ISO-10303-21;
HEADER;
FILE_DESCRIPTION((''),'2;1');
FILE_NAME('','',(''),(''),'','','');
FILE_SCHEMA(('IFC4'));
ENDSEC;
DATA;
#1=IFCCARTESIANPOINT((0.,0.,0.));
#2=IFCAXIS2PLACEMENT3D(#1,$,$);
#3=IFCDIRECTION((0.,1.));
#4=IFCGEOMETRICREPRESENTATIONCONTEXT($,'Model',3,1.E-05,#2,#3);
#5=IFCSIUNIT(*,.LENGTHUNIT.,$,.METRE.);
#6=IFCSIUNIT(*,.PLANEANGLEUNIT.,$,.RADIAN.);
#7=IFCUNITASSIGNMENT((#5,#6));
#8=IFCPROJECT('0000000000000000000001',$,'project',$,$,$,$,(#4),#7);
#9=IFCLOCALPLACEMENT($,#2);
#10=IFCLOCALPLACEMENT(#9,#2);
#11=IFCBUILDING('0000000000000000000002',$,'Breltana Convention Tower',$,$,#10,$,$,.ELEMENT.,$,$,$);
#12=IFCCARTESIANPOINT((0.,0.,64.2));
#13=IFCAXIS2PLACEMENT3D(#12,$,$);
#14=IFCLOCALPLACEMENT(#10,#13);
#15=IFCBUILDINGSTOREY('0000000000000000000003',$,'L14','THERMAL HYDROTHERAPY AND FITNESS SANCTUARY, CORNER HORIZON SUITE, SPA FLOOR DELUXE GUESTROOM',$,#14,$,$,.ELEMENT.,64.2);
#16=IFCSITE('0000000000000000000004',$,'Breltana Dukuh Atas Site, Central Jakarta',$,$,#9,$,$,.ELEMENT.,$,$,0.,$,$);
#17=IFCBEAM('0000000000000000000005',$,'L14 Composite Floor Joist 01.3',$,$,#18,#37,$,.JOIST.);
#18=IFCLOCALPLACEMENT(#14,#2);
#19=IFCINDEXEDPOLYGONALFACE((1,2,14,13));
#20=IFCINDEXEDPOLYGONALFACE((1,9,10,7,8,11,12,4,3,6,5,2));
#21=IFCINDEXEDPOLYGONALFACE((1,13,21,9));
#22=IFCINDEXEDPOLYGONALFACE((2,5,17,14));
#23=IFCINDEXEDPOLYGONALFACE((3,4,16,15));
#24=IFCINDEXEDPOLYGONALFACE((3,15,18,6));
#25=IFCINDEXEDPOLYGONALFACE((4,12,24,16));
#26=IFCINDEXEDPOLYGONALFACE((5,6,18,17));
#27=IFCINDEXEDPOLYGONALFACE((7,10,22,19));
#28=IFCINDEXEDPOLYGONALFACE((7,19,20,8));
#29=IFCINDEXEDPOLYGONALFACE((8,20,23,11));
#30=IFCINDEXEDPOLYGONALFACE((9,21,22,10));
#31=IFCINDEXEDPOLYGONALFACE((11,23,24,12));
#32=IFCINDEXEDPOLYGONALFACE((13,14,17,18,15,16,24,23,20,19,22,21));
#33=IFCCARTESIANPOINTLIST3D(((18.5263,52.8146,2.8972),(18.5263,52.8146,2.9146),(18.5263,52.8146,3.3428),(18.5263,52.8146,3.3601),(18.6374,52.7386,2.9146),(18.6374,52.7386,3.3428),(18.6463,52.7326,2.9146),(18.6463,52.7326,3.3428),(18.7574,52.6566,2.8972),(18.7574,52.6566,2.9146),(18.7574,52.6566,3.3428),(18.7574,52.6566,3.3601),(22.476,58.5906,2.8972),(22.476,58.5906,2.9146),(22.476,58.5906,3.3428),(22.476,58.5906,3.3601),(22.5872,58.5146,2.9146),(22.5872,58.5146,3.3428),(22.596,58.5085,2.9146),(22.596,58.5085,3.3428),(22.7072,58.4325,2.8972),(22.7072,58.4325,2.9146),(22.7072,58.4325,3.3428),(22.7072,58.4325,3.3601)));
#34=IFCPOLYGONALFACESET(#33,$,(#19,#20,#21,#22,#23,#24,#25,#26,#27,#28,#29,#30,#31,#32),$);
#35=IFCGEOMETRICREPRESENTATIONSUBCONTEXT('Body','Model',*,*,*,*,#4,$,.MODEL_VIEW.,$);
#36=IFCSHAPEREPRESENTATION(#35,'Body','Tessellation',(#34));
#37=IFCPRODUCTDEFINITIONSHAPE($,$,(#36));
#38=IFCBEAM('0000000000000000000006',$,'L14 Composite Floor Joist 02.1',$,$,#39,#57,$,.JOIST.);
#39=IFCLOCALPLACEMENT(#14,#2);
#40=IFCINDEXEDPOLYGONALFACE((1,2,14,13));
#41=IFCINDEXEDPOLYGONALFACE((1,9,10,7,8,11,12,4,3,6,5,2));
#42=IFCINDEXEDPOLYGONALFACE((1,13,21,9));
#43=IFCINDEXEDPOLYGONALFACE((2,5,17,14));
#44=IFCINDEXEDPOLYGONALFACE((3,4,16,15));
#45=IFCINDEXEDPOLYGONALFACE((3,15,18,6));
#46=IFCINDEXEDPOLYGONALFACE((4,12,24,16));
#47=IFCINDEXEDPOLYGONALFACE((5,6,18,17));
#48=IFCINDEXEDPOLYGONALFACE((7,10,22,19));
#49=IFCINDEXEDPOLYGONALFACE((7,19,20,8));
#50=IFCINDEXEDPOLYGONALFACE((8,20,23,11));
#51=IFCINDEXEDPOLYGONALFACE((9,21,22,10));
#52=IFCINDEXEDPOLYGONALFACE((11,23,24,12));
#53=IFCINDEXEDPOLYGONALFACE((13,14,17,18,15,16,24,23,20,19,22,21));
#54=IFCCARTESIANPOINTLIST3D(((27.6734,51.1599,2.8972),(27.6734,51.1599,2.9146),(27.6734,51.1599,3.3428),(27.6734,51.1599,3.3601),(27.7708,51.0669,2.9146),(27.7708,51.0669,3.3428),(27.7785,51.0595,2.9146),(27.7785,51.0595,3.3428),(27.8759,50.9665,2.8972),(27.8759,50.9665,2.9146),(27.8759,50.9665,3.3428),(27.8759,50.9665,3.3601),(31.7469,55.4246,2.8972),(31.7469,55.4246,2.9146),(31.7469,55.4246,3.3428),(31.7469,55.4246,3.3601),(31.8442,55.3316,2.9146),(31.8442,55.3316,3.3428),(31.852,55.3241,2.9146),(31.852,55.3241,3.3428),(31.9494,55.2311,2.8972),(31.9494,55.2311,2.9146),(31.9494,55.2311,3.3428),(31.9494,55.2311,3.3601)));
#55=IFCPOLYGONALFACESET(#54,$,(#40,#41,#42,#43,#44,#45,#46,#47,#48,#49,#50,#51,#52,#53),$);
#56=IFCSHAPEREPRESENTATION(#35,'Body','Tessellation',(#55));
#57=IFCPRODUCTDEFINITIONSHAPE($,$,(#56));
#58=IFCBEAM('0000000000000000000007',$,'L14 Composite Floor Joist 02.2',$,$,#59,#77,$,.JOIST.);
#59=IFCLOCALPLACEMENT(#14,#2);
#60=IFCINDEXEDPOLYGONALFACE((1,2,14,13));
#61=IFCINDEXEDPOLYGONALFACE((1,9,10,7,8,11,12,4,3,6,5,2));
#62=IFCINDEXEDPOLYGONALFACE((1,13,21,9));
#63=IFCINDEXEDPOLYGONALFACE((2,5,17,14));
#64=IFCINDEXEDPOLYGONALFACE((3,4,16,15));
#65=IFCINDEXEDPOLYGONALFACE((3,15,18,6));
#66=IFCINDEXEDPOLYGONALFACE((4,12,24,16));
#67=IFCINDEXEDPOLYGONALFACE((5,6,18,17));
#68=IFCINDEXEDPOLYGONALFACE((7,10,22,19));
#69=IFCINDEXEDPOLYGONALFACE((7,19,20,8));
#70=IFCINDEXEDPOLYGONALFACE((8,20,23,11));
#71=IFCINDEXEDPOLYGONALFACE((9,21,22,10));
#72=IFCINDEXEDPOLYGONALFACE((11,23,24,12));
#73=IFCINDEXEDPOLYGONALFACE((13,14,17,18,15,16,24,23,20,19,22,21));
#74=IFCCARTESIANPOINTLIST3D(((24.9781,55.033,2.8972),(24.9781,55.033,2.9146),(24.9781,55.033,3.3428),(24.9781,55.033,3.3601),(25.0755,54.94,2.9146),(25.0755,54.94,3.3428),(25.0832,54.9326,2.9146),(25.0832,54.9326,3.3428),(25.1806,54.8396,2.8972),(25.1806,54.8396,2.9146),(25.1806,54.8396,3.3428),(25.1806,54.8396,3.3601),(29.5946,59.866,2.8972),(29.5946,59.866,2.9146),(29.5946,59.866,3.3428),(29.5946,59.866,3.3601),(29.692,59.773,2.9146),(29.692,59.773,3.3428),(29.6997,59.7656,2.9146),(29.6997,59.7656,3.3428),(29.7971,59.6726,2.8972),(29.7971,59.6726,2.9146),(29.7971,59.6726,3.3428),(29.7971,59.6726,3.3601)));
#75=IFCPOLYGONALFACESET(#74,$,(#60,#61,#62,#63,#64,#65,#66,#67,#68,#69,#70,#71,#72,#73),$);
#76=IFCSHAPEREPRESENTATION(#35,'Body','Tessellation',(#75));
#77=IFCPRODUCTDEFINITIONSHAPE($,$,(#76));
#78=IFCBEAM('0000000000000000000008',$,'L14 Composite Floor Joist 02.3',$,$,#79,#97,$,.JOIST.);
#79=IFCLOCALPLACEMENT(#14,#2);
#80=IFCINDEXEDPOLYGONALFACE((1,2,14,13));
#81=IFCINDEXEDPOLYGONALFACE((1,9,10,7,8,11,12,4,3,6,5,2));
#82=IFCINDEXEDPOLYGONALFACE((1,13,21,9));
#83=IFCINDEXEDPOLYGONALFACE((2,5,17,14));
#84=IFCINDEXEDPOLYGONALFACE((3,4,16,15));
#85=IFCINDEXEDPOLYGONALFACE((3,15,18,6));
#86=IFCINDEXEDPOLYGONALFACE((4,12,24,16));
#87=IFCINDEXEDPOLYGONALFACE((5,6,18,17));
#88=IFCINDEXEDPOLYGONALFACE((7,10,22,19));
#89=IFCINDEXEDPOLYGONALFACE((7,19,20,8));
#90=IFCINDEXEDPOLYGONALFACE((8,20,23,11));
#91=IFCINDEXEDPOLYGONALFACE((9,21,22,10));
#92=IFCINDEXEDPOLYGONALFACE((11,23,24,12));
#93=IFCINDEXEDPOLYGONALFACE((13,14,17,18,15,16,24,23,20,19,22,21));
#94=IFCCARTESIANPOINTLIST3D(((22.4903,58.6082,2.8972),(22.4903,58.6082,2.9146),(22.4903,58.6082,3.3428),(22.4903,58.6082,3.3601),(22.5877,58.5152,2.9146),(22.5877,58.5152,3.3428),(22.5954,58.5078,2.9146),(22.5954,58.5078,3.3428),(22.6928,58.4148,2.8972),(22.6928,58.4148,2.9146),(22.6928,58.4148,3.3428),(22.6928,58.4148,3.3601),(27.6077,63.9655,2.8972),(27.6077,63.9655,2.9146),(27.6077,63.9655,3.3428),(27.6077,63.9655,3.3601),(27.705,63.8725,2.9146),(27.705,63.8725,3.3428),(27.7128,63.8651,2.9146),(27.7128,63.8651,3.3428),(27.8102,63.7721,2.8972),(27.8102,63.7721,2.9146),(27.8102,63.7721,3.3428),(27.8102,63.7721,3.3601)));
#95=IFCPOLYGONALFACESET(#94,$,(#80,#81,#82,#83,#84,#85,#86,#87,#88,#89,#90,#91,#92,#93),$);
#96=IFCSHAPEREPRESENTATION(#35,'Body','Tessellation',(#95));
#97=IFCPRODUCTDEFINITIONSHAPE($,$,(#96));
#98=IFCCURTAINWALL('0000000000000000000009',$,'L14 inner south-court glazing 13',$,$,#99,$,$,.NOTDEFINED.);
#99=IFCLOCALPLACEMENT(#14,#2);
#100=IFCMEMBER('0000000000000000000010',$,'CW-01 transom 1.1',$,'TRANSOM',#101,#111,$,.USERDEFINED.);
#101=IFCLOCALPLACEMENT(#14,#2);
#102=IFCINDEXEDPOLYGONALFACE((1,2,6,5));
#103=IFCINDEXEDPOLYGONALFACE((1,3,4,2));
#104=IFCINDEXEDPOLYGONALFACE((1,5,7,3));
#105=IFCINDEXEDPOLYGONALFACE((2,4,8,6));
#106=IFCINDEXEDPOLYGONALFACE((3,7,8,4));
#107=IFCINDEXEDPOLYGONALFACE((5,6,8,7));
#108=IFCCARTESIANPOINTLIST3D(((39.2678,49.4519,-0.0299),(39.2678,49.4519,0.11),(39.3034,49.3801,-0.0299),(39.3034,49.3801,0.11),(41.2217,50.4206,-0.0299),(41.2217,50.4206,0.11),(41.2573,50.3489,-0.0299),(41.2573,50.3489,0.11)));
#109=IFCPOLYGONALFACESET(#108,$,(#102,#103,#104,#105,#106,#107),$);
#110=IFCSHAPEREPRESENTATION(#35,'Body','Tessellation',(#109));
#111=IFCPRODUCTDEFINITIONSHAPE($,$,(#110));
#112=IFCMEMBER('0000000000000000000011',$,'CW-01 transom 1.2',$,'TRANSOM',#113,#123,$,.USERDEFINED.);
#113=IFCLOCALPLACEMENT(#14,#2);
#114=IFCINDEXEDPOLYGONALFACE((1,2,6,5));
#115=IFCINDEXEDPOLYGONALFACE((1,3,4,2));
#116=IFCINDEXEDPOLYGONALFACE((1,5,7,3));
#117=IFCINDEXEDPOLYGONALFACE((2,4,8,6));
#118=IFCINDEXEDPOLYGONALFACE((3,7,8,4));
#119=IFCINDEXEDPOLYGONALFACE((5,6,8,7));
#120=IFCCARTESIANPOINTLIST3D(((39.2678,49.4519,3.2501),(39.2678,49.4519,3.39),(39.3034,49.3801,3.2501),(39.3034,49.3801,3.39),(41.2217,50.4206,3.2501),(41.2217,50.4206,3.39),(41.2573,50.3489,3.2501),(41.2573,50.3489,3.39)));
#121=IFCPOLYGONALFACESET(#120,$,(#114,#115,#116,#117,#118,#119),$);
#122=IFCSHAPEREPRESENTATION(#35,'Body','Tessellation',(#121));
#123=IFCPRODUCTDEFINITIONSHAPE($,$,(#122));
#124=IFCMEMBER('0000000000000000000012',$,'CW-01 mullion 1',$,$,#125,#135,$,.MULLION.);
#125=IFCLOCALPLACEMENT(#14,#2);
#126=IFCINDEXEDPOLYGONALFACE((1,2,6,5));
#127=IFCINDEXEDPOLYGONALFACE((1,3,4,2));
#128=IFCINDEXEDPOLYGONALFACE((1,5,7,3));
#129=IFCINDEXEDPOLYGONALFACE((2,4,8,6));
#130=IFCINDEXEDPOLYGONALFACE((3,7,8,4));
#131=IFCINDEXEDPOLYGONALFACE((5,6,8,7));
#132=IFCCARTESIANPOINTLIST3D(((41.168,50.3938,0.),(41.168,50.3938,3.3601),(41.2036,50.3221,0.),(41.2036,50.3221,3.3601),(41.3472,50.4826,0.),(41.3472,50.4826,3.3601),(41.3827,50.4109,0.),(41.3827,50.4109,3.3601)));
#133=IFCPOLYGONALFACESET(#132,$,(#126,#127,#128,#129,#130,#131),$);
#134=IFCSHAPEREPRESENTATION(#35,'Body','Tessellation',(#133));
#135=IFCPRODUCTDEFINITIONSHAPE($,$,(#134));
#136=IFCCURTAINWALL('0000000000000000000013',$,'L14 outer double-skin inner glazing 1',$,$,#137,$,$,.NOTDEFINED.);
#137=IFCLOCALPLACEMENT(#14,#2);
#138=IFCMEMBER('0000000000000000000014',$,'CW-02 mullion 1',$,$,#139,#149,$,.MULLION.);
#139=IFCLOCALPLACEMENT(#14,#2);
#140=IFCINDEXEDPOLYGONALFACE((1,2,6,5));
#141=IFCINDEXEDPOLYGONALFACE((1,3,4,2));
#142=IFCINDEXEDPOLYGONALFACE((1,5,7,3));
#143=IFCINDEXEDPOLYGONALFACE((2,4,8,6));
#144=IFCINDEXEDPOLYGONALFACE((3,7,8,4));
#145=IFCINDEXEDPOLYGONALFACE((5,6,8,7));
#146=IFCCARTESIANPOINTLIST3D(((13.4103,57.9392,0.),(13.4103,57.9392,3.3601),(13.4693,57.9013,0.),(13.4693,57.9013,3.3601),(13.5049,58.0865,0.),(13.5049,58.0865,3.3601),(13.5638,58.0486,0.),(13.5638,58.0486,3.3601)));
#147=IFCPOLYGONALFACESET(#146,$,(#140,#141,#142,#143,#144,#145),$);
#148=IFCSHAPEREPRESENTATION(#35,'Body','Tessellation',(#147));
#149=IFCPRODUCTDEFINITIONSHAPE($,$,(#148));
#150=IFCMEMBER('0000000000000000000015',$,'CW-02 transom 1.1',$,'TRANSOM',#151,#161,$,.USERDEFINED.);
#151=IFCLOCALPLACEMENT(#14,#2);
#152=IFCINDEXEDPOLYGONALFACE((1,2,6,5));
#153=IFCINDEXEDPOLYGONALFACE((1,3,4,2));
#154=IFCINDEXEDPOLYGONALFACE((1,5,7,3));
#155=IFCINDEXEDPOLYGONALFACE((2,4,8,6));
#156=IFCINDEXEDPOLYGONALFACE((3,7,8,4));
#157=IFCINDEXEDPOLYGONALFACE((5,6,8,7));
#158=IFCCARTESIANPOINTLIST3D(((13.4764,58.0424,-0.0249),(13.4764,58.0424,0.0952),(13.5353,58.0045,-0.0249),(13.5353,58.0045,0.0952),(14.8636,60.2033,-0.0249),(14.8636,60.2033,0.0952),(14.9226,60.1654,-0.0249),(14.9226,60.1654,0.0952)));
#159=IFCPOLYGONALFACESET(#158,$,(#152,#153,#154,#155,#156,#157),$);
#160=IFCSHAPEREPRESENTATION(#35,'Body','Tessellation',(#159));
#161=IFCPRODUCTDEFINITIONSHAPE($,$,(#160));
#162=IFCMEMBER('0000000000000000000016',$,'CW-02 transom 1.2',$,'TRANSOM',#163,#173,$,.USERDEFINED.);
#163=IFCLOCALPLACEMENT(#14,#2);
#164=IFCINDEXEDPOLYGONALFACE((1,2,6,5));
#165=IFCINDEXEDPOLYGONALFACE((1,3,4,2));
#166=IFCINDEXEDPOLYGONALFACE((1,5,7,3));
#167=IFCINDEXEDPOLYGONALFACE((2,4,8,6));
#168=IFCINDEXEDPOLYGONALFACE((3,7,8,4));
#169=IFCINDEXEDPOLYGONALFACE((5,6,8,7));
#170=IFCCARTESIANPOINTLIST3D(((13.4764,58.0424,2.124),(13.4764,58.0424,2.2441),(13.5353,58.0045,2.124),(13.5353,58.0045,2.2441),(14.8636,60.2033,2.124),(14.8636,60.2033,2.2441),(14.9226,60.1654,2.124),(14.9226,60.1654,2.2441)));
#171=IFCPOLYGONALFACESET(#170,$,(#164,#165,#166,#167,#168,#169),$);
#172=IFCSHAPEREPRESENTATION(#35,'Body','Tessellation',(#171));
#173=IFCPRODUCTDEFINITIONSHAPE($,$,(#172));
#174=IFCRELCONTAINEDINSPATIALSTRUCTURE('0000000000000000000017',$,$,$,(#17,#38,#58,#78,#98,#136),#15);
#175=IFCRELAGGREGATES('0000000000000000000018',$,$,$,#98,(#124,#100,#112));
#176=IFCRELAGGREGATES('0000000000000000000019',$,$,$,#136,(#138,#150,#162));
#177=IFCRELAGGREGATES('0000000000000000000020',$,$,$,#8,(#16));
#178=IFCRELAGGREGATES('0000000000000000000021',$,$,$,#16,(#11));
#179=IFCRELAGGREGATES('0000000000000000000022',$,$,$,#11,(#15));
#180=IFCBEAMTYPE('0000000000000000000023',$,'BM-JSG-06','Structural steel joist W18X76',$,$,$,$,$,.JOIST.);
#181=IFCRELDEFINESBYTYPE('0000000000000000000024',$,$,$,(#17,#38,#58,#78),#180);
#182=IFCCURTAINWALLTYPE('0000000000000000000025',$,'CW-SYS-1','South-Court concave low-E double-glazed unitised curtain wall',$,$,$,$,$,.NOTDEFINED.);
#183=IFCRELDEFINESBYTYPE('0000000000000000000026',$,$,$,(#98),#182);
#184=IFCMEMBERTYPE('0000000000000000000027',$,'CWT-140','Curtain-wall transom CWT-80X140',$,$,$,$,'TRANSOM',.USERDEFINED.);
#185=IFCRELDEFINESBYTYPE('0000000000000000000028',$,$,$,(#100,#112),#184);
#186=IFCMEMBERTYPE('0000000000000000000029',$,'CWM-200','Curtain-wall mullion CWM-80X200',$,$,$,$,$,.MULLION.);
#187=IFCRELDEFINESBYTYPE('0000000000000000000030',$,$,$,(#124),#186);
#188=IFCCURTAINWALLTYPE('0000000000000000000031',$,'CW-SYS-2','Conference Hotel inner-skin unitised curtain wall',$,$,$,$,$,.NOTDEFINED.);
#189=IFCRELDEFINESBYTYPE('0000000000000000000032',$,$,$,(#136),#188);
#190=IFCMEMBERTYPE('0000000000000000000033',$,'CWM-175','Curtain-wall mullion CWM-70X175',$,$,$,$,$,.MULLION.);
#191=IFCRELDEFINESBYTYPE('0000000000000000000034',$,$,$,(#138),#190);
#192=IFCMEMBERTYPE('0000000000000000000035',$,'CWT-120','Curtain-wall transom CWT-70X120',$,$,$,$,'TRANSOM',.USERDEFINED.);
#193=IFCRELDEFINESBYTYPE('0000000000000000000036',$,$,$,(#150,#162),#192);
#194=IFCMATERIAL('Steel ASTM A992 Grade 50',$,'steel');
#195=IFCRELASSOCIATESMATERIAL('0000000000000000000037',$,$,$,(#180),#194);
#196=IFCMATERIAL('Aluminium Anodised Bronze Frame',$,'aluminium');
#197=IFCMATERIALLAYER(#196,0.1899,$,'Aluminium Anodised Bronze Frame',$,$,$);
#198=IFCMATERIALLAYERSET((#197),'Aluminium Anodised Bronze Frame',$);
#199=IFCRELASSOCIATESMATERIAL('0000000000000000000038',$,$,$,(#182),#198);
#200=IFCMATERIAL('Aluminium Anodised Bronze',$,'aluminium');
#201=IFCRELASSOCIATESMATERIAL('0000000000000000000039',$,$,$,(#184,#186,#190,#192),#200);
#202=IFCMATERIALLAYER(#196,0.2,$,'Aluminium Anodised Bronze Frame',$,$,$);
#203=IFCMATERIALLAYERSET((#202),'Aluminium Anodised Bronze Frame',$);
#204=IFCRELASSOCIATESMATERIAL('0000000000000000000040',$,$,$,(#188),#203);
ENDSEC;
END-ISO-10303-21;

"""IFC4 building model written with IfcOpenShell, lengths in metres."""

from ifc_helpers import new_model, si_unit, direction, frame, origin, origin_2d, place, context, subcontext, project, spatial, rectangle, i_section, extrude, source, transform, mapped, material, layer, layer_set, material_profile, profile_set, type_object, type_shapes, element, aggregate, save


model = new_model("IFC4")

# Units and contexts
model_context = context("Model", 3, precision=1e-05, world=origin(), true_north=direction((0.0, 1.0)))
body_context = subcontext(model_context, "Body", "Model", "MODEL_VIEW")
ifc_project = project(units=[si_unit("LENGTHUNIT", "METRE"), si_unit("PLANEANGLEUNIT", "RADIAN")], contexts=[model_context])

# Site, building, storey
site_placement = place(None, origin())
site = spatial("IfcSite", under=ifc_project, at=site_placement, Name="Breltana Dukuh Atas Site, Central Jakarta", CompositionType="ELEMENT", RefElevation=0.0)
building_placement = place(site_placement, origin())
building = spatial("IfcBuilding", under=site, at=building_placement, Name="Breltana Convention Tower", CompositionType="ELEMENT")
storey_placement = place(building_placement, frame((0.0, 0.0, 64.2)))
storey = spatial("IfcBuildingStorey", under=building, at=storey_placement, Name="L14", Description="THERMAL HYDROTHERAPY AND FITNESS SANCTUARY, CORNER HORIZON SUITE, SPA FLOOR DELUXE GUESTROOM", CompositionType="ELEMENT", Elevation=64.2)

# Beams
ifc_material_1 = material(Name="Steel ASTM A992 Grade 50", Category="steel")
ifc_material_profile_1 = material_profile(ifc_material_1, i_section(OverallWidth=0.28, OverallDepth=0.4629, WebThickness=0.0107, FlangeThickness=0.0173, at=origin_2d()), Name="W18X76")
ifc_profile_set_1 = profile_set([ifc_material_profile_1], Name="Steel ASTM A992 Grade 50")
beam_type_1 = type_object("IfcBeamType", Name="BM-JSG-06", Description="Structural steel joist W18X76", PredefinedType="JOIST", material=ifc_profile_set_1)
shared_shape_1 = source(origin(), body_context, "Body", "SweptSolid", [
    extrude(i_section(OverallWidth=0.28, OverallDepth=0.4629, WebThickness=0.0107, FlangeThickness=0.0173, at=origin_2d()), origin(), (0.0, 0.0, 1.0), 6.9973),
])
beam_1_placement = place(storey_placement, frame((18.6418, 52.7356, 3.1287), z_axis=(0.564469, 0.825454, 0.0), x_axis=(-0.825454, 0.564469, 0.0)))
element("IfcBeam", 1, at=beam_1_placement, inside=storey, type_object=beam_type_1, Name="L14 Composite Floor Joist 01.3", PredefinedType="JOIST", context=body_context, shape_type="MappedRepresentation", body=[
    mapped(shared_shape_1, transform((0.0, 0.0, 0.0), scale=1.0)),
])
shared_shape_2 = source(origin(), body_context, "Body", "SweptSolid", [
    extrude(i_section(OverallWidth=0.28, OverallDepth=0.4629, WebThickness=0.0107, FlangeThickness=0.0173, at=origin_2d()), origin(), (0.0, 0.0, 1.0), 5.8975),
])
beam_2_placement = place(storey_placement, frame((27.7747, 51.0632, 3.1287), z_axis=(0.690714, 0.723128, 0.0), x_axis=(-0.723128, 0.690714, 0.0)))
element("IfcBeam", 2, at=beam_2_placement, inside=storey, type_object=beam_type_1, Name="L14 Composite Floor Joist 02.1", PredefinedType="JOIST", context=body_context, shape_type="MappedRepresentation", body=[
    mapped(shared_shape_2, transform((0.0, 0.0, 0.0), scale=1.0)),
])
shared_shape_3 = source(origin(), body_context, "Body", "SweptSolid", [
    extrude(i_section(OverallWidth=0.28, OverallDepth=0.4629, WebThickness=0.0107, FlangeThickness=0.0173, at=origin_2d()), origin(), (0.0, 0.0, 1.0), 6.6836),
])
beam_3_placement = place(storey_placement, frame((25.0793, 54.9363, 3.1287), z_axis=(0.690721, 0.723122, 0.0), x_axis=(-0.723122, 0.690721, 0.0)))
element("IfcBeam", 3, at=beam_3_placement, inside=storey, type_object=beam_type_1, Name="L14 Composite Floor Joist 02.2", PredefinedType="JOIST", context=body_context, shape_type="MappedRepresentation", body=[
    mapped(shared_shape_3, transform((0.0, 0.0, 0.0), scale=1.0)),
])
shared_shape_4 = source(origin(), body_context, "Body", "SweptSolid", [
    extrude(i_section(OverallWidth=0.28, OverallDepth=0.4629, WebThickness=0.0107, FlangeThickness=0.0173, at=origin_2d()), origin(), (0.0, 0.0, 1.0), 7.4087),
])
beam_4_placement = place(storey_placement, frame((22.5916, 58.5115, 3.1287), z_axis=(0.690725, 0.723118, 0.0), x_axis=(-0.723118, 0.690725, 0.0)))
element("IfcBeam", 4, at=beam_4_placement, inside=storey, type_object=beam_type_1, Name="L14 Composite Floor Joist 02.3", PredefinedType="JOIST", context=body_context, shape_type="MappedRepresentation", body=[
    mapped(shared_shape_4, transform((0.0, 0.0, 0.0), scale=1.0)),
])

# Curtain wall, members
ifc_material_2 = material(Name="Aluminium Anodised Bronze Frame", Category="aluminium")
ifc_layer_1 = layer(ifc_material_2, 0.1899, Name="Aluminium Anodised Bronze Frame")
ifc_layer_set_1 = layer_set([ifc_layer_1], Name="Aluminium Anodised Bronze Frame")
curtain_wall_type_1 = type_object("IfcCurtainWallType", Name="CW-SYS-1", Description="South-Court concave low-E double-glazed unitised curtain wall", PredefinedType="NOTDEFINED", material=ifc_layer_set_1)
curtain_wall_1_placement = place(storey_placement, origin())
curtain_wall_1 = element("IfcCurtainWall", 5, at=curtain_wall_1_placement, inside=storey, type_object=curtain_wall_type_1, Name="L14 inner south-court glazing 13", PredefinedType="NOTDEFINED")
ifc_material_3 = material(Name="Aluminium Anodised Bronze", Category="aluminium")
ifc_material_profile_2 = material_profile(ifc_material_3, rectangle(XDim=0.0801, YDim=0.1399, at=origin_2d()), Name="CWT-80X140")
ifc_profile_set_2 = profile_set([ifc_material_profile_2], Name="Aluminium Anodised Bronze")
member_type_1 = type_object("IfcMemberType", Name="CWT-140", Description="Curtain-wall transom CWT-80X140", ElementType="TRANSOM", PredefinedType="USERDEFINED", material=ifc_profile_set_2)
shared_shape_5 = source(origin(), body_context, "Body", "SweptSolid", [
    extrude(rectangle(XDim=0.0801, YDim=0.1399, at=origin_2d()), origin(), (0.0, 0.0, 1.0), 2.1809),
])
member_1_placement = place(storey_placement, frame((41.2395, 50.3848, 0.04), z_axis=(-0.895922, -0.444211, 0.0), x_axis=(0.444211, -0.895922, 0.0)))
member_1 = element("IfcMember", 6, at=member_1_placement, type_object=member_type_1, Name="CW-01 transom 1.1", ObjectType="TRANSOM", PredefinedType="USERDEFINED", context=body_context, shape_type="MappedRepresentation", body=[
    mapped(shared_shape_5, transform((0.0, 0.0, 0.0), scale=1.0)),
])
member_2_placement = place(storey_placement, frame((41.2395, 50.3848, 3.3201), z_axis=(-0.895922, -0.444211, 0.0), x_axis=(0.444211, -0.895922, 0.0)))
member_2 = element("IfcMember", 7, at=member_2_placement, type_object=member_type_1, Name="CW-01 transom 1.2", ObjectType="TRANSOM", PredefinedType="USERDEFINED", context=body_context, shape_type="MappedRepresentation", body=[
    mapped(shared_shape_5, transform((0.0, 0.0, 0.0), scale=1.0)),
])
ifc_material_profile_3 = material_profile(ifc_material_3, rectangle(XDim=0.0801, YDim=0.2, at=origin_2d()), Name="CWM-80X200")
ifc_profile_set_3 = profile_set([ifc_material_profile_3], Name="Aluminium Anodised Bronze")
member_type_2 = type_object("IfcMemberType", Name="CWM-200", Description="Curtain-wall mullion CWM-80X200", PredefinedType="MULLION", material=ifc_profile_set_3)
shared_shape_6 = source(origin(), body_context, "Body", "SweptSolid", [
    extrude(rectangle(XDim=0.0801, YDim=0.2, at=origin_2d()), origin(), (0.0, 0.0, 1.0), 3.3601),
])
member_3_placement = place(storey_placement, frame((41.2754, 50.4023, 0.0), z_axis=(0.0, 0.0, 1.0), x_axis=(0.444118, -0.895968, 0.0)))
member_3 = element("IfcMember", 8, at=member_3_placement, type_object=member_type_2, Name="CW-01 mullion 1", PredefinedType="MULLION", context=body_context, shape_type="MappedRepresentation", body=[
    mapped(shared_shape_6, transform((0.0, 0.0, 0.0), scale=1.0)),
])
aggregate(curtain_wall_1, [member_3, member_1, member_2])

# Curtain wall, members
ifc_layer_2 = layer(ifc_material_2, 0.2, Name="Aluminium Anodised Bronze Frame")
ifc_layer_set_2 = layer_set([ifc_layer_2], Name="Aluminium Anodised Bronze Frame")
curtain_wall_type_2 = type_object("IfcCurtainWallType", Name="CW-SYS-2", Description="Conference Hotel inner-skin unitised curtain wall", PredefinedType="NOTDEFINED", material=ifc_layer_set_2)
curtain_wall_2_placement = place(storey_placement, origin())
curtain_wall_2 = element("IfcCurtainWall", 9, at=curtain_wall_2_placement, inside=storey, type_object=curtain_wall_type_2, Name="L14 outer double-skin inner glazing 1", PredefinedType="NOTDEFINED")
ifc_material_profile_4 = material_profile(ifc_material_3, rectangle(XDim=0.0701, YDim=0.175, at=origin_2d()), Name="CWM-70X175")
ifc_profile_set_4 = profile_set([ifc_material_profile_4], Name="Aluminium Anodised Bronze")
member_type_3 = type_object("IfcMemberType", Name="CWM-175", Description="Curtain-wall mullion CWM-70X175", PredefinedType="MULLION", material=ifc_profile_set_4)
shared_shape_7 = source(origin(), body_context, "Body", "SweptSolid", [
    extrude(rectangle(XDim=0.0701, YDim=0.175, at=origin_2d()), origin(), (0.0, 0.0, 1.0), 3.3601),
])
type_shapes(member_type_3, [shared_shape_7])
member_4_placement = place(storey_placement, frame((13.4871, 57.9939, 0.0), z_axis=(0.0, 0.0, 1.0), x_axis=(-0.841549, 0.540181, 0.0)))
member_4 = element("IfcMember", 10, at=member_4_placement, type_object=member_type_3, Name="CW-02 mullion 1", PredefinedType="MULLION", context=body_context, shape_type="MappedRepresentation", body=[
    mapped(shared_shape_7, transform((0.0, 0.0, 0.0), scale=1.0)),
])
ifc_material_profile_5 = material_profile(ifc_material_3, rectangle(XDim=0.0701, YDim=0.1201, at=origin_2d()), Name="CWT-70X120")
ifc_profile_set_5 = profile_set([ifc_material_profile_5], Name="Aluminium Anodised Bronze")
member_type_4 = type_object("IfcMemberType", Name="CWT-120", Description="Curtain-wall transom CWT-70X120", ElementType="TRANSOM", PredefinedType="USERDEFINED", material=ifc_profile_set_5)
shared_shape_8 = source(origin(), body_context, "Body", "SweptSolid", [
    extrude(rectangle(XDim=0.0701, YDim=0.1201, at=origin_2d()), origin(), (0.0, 0.0, 1.0), 2.5679),
])
type_shapes(member_type_4, [shared_shape_8])
member_5_placement = place(storey_placement, frame((13.5059, 58.0234, 0.0352), z_axis=(0.540224, 0.841521, 0.0), x_axis=(-0.841521, 0.540224, 0.0)))
member_5 = element("IfcMember", 11, at=member_5_placement, type_object=member_type_4, Name="CW-02 transom 1.1", ObjectType="TRANSOM", PredefinedType="USERDEFINED", context=body_context, shape_type="MappedRepresentation", body=[
    mapped(shared_shape_8, transform((0.0, 0.0, 0.0), scale=1.0)),
])
member_6_placement = place(storey_placement, frame((13.5059, 58.0234, 2.1841), z_axis=(0.540224, 0.841521, 0.0), x_axis=(-0.841521, 0.540224, 0.0)))
member_6 = element("IfcMember", 12, at=member_6_placement, type_object=member_type_4, Name="CW-02 transom 1.2", ObjectType="TRANSOM", PredefinedType="USERDEFINED", context=body_context, shape_type="MappedRepresentation", body=[
    mapped(shared_shape_8, transform((0.0, 0.0, 0.0), scale=1.0)),
])
aggregate(curtain_wall_2, [member_4, member_5, member_6])

save(model, "model.ifc")
